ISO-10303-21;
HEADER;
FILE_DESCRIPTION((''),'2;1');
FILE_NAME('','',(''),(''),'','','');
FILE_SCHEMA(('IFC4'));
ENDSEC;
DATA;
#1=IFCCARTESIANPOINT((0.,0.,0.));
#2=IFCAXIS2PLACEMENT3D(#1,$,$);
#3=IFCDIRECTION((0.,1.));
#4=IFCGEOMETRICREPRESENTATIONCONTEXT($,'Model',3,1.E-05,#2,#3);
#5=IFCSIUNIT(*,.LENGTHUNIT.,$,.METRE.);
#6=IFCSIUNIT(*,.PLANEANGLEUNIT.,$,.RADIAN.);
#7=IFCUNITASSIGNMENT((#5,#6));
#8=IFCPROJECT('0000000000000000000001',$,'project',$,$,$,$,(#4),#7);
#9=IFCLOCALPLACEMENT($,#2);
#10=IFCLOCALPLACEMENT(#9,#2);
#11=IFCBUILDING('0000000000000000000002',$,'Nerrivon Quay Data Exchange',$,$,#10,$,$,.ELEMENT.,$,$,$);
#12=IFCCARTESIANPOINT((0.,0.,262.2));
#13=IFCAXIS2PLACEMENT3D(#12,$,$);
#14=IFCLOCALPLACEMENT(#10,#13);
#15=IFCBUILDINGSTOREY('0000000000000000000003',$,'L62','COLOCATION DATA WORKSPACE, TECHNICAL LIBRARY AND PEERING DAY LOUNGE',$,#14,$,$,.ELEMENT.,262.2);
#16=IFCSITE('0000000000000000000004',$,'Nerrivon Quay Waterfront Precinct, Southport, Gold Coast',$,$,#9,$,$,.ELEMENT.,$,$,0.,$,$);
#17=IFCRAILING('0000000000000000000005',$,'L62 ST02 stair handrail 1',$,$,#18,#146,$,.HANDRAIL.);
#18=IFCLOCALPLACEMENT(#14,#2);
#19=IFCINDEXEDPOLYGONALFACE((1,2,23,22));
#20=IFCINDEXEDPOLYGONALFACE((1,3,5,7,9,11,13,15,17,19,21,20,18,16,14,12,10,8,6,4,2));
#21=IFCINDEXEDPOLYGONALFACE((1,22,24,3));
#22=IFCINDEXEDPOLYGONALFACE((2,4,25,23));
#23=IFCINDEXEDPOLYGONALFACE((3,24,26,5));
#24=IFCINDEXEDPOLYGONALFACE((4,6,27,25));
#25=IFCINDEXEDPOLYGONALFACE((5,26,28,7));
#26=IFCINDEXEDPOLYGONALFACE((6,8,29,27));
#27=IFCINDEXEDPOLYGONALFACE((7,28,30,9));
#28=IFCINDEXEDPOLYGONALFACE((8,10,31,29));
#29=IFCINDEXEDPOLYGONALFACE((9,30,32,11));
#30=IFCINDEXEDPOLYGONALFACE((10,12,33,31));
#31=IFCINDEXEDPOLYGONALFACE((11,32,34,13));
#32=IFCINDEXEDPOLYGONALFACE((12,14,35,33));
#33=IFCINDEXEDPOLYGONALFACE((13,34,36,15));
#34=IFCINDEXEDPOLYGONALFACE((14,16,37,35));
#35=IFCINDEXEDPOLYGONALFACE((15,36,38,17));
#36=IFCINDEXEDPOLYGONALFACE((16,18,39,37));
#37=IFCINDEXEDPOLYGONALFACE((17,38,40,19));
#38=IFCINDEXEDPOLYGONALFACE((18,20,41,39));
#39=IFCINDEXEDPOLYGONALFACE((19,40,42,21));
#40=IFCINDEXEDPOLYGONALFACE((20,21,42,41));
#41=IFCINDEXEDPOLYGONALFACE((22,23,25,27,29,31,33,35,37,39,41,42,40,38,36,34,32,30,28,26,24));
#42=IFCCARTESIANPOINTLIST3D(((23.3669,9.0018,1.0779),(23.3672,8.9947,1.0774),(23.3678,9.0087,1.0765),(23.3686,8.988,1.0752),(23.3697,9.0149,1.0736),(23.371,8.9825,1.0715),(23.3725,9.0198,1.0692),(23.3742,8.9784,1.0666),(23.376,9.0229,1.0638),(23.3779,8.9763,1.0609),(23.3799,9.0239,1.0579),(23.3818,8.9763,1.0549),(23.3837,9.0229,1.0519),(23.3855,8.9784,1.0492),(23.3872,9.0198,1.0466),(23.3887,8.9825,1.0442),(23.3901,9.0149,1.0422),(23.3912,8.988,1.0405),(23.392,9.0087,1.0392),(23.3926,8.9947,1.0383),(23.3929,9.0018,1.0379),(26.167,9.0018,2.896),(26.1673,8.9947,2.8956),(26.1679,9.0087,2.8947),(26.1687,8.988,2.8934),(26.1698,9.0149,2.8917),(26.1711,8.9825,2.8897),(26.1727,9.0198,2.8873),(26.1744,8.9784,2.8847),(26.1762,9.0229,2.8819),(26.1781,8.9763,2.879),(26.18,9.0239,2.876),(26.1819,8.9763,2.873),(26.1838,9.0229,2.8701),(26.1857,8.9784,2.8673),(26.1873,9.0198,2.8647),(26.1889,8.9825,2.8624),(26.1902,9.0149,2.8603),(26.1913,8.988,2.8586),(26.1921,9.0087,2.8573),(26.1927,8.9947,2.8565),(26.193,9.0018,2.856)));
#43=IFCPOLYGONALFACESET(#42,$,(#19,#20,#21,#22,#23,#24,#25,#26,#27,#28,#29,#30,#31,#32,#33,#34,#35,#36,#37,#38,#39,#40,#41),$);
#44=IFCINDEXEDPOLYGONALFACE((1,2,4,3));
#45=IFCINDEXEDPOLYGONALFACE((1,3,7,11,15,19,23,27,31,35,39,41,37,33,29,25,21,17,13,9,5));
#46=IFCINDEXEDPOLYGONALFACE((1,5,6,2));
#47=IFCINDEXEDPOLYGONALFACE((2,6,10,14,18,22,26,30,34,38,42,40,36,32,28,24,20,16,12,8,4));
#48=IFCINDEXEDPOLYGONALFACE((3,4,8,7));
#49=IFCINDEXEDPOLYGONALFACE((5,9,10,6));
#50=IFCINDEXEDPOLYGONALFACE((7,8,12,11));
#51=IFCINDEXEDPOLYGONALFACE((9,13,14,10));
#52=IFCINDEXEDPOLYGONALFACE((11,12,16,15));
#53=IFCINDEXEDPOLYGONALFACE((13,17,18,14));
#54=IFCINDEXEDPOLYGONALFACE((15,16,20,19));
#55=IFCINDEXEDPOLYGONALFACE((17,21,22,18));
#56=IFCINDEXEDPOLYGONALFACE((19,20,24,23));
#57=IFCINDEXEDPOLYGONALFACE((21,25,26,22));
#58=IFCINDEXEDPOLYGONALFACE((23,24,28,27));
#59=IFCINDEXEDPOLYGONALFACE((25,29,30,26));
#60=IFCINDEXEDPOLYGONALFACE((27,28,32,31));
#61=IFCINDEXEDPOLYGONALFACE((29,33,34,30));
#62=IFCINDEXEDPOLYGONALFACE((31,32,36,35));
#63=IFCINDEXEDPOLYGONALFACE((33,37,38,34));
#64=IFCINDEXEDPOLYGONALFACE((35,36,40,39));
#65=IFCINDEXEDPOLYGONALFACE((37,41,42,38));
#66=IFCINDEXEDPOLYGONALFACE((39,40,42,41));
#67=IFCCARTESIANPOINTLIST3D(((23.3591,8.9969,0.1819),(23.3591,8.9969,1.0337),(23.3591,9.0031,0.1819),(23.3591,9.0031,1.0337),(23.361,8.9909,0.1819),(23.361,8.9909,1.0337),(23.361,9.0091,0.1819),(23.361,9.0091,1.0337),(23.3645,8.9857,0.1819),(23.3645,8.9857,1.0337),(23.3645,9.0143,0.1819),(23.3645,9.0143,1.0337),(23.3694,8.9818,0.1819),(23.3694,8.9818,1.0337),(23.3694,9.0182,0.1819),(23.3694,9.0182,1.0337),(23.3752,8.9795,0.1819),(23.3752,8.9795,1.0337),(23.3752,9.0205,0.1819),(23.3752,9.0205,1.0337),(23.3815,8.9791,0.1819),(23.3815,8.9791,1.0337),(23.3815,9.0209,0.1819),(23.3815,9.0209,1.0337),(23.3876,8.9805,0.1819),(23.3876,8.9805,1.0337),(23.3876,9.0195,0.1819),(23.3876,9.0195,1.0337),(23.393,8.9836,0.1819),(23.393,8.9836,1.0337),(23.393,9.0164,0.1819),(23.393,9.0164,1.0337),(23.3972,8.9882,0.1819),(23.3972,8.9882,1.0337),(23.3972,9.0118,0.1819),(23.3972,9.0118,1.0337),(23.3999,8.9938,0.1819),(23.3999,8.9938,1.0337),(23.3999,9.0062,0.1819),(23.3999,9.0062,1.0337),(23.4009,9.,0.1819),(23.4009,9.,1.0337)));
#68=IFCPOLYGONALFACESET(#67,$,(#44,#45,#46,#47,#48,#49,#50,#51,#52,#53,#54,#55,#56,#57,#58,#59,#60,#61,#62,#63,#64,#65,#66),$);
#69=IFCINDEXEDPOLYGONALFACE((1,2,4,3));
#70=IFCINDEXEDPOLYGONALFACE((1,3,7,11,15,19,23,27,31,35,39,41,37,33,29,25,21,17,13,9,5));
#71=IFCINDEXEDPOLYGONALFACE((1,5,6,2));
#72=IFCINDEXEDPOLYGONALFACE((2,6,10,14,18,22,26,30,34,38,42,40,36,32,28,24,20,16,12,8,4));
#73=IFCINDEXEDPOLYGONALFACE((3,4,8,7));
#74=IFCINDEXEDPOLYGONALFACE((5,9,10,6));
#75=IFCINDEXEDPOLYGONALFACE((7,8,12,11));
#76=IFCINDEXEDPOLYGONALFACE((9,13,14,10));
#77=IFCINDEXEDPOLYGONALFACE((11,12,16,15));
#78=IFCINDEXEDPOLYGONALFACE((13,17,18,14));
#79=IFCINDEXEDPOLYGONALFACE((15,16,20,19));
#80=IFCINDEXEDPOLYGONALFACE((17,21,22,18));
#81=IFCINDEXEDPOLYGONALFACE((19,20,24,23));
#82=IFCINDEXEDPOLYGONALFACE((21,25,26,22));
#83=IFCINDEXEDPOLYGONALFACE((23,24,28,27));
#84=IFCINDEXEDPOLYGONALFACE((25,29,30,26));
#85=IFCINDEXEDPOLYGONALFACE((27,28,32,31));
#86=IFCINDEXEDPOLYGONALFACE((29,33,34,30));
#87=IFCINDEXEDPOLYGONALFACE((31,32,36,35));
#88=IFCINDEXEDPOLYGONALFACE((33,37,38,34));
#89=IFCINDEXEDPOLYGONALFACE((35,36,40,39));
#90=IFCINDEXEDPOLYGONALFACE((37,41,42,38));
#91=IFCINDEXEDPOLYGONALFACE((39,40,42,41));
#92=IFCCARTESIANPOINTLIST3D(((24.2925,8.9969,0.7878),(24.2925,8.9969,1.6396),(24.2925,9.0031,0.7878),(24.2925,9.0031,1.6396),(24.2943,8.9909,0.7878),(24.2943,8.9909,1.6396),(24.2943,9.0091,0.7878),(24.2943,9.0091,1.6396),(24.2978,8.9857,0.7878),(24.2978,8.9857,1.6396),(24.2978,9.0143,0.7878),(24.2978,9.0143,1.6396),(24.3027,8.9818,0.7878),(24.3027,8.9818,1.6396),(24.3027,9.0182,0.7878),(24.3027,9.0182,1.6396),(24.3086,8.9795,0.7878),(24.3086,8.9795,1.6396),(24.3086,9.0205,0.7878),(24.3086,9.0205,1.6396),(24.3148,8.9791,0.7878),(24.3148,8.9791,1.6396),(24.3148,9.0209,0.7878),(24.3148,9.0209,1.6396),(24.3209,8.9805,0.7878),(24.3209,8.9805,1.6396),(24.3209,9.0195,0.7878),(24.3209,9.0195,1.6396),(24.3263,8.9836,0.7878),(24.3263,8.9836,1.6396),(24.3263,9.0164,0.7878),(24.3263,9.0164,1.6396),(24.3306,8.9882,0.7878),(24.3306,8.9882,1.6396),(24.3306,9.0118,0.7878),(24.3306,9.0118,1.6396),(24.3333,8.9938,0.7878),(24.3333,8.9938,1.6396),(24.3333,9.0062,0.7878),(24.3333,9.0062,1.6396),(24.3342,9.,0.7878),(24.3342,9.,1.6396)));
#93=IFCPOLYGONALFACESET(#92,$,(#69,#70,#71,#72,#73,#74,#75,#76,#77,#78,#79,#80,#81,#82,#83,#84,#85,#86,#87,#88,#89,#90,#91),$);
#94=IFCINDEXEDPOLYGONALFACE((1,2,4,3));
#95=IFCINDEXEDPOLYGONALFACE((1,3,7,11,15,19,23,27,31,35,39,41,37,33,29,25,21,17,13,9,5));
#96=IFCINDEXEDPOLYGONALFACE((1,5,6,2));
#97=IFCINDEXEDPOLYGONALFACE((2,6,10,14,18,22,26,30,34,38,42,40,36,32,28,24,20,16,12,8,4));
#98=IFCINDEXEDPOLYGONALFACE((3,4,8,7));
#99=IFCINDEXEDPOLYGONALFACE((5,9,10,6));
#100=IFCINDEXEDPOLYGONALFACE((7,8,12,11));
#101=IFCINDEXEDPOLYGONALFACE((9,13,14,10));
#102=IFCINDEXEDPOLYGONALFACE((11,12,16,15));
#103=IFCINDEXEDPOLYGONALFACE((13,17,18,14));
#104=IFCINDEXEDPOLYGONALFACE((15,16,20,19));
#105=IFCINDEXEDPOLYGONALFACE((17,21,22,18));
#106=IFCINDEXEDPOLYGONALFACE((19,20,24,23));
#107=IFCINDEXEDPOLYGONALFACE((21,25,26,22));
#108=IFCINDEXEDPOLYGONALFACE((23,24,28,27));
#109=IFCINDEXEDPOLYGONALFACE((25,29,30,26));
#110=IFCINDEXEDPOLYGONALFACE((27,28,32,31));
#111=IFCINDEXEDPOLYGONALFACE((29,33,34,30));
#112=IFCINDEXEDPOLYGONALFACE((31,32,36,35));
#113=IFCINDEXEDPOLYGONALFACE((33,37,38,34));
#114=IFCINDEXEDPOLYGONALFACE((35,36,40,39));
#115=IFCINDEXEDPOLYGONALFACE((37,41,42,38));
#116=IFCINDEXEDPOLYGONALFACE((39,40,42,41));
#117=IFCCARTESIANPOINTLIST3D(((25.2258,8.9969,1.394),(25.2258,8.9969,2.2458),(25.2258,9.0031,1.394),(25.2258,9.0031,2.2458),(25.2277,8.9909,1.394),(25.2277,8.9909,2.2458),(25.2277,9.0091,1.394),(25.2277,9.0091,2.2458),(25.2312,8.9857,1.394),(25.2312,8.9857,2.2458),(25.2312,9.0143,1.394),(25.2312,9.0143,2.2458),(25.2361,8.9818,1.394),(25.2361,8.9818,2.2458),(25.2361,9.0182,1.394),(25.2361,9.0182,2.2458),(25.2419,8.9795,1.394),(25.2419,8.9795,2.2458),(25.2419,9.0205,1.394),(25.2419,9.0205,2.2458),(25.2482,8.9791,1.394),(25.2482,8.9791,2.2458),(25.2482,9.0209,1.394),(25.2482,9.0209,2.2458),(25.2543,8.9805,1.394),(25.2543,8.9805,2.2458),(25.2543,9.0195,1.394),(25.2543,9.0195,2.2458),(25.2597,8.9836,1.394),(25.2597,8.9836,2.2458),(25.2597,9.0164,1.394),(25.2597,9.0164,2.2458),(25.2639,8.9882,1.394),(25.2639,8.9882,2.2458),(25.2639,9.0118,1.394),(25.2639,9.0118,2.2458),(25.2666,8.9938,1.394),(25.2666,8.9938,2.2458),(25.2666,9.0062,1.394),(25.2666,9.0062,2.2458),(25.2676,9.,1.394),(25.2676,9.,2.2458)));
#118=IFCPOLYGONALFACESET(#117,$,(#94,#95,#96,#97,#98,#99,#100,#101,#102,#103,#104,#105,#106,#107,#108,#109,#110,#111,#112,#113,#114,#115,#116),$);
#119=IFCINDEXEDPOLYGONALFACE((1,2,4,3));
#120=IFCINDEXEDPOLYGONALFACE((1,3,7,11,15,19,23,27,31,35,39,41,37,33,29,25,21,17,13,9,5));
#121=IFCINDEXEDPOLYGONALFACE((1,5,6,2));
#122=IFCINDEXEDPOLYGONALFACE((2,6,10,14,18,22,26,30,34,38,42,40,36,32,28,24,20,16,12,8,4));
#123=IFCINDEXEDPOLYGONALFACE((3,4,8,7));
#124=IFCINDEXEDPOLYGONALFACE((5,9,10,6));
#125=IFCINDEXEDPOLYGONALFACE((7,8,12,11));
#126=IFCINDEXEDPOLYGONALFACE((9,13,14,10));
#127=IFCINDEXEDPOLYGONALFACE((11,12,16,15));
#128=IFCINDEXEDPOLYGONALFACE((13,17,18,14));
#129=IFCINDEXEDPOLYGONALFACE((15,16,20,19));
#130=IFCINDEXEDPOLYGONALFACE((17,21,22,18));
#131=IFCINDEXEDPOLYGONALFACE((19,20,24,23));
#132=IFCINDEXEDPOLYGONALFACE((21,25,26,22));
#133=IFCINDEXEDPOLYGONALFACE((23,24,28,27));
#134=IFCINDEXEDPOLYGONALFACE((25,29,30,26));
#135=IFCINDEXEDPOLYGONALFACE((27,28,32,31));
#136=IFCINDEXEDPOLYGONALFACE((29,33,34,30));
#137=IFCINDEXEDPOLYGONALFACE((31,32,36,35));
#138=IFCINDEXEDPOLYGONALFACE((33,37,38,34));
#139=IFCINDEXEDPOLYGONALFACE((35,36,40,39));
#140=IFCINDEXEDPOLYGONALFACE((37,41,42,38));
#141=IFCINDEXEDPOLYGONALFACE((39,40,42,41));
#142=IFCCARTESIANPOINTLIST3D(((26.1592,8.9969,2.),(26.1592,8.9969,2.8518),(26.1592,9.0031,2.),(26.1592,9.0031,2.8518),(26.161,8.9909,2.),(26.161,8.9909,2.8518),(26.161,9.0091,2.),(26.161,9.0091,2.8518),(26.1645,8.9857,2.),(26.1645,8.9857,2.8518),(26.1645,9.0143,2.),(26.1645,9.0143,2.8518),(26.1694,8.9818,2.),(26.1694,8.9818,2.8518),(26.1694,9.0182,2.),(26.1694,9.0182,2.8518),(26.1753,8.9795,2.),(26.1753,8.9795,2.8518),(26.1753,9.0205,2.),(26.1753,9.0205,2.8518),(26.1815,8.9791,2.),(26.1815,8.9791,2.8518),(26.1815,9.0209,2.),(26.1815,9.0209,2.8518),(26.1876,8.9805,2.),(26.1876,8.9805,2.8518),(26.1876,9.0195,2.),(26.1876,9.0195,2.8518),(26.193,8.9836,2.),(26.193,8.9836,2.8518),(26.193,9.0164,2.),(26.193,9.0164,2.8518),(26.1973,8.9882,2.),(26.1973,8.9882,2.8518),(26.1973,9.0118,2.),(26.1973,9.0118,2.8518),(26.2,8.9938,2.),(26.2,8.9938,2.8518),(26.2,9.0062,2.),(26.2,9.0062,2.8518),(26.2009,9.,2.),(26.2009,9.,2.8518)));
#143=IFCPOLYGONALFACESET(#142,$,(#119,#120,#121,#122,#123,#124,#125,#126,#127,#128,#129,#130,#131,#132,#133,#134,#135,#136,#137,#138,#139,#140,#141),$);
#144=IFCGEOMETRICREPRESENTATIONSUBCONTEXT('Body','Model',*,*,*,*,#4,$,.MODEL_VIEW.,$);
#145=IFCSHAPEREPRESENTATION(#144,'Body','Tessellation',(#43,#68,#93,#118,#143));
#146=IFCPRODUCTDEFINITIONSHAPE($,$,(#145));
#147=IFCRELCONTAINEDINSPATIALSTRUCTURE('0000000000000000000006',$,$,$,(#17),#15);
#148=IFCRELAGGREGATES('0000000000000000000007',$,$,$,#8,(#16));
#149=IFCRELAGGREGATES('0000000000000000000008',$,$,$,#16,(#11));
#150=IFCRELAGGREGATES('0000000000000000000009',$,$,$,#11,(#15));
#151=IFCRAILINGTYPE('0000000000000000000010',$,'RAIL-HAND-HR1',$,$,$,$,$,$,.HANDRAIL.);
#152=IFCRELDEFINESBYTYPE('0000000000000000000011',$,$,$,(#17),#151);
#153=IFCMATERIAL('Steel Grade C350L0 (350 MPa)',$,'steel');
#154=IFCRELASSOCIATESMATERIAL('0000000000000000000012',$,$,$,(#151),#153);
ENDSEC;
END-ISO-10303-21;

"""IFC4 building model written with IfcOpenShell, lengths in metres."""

from ifc_helpers import new_model, si_unit, direction, frame, origin, origin_2d, place, context, subcontext, project, spatial, circle, extrude, material, type_object, element, save


model = new_model("IFC4")

# Units and contexts
model_context = context("Model", 3, precision=1e-05, world=origin(), true_north=direction((0.0, 1.0)))
body_context = subcontext(model_context, "Body", "Model", "MODEL_VIEW")
ifc_project = project(units=[si_unit("LENGTHUNIT", "METRE"), si_unit("PLANEANGLEUNIT", "RADIAN")], contexts=[model_context])

# Site, building, storey
site_placement = place(None, origin())
site = spatial("IfcSite", under=ifc_project, at=site_placement, Name="Nerrivon Quay Waterfront Precinct, Southport, Gold Coast", CompositionType="ELEMENT", RefElevation=0.0)
building_placement = place(site_placement, origin())
building = spatial("IfcBuilding", under=site, at=building_placement, Name="Nerrivon Quay Data Exchange", CompositionType="ELEMENT")
storey_placement = place(building_placement, frame((0.0, 0.0, 262.2)))
storey = spatial("IfcBuildingStorey", under=building, at=storey_placement, Name="L62", Description="COLOCATION DATA WORKSPACE, TECHNICAL LIBRARY AND PEERING DAY LOUNGE", CompositionType="ELEMENT", Elevation=262.2)

# Railing
ifc_material_1 = material(Name="Steel Grade C350L0 (350 MPa)", Category="steel")
railing_type_1 = type_object("IfcRailingType", Name="RAIL-HAND-HR1", PredefinedType="HANDRAIL", material=ifc_material_1)
railing_1_placement = place(storey_placement, frame((23.3799, 9.0, 0.1819)))
element("IfcRailing", 1, at=railing_1_placement, inside=storey, type_object=railing_type_1, Name="L62 ST02 stair handrail 1", PredefinedType="HANDRAIL", context=body_context, shape_type="SweptSolid", body=[
    extrude(circle(Radius=0.0239, at=origin_2d()), frame((0.0, 0.0, 0.876), z_axis=(0.838706, 0.0, 0.544585), x_axis=(0.0, 1.0, 0.0)), (0.0, 0.0, 1.0), 3.3386),
    extrude(circle(Radius=0.021, at=origin_2d()), origin(), (0.0, 0.0, 1.0), 0.8518),
    extrude(circle(Radius=0.021, at=origin_2d()), frame((0.9333, 0.0, 0.606)), (0.0, 0.0, 1.0), 0.8518),
    extrude(circle(Radius=0.021, at=origin_2d()), frame((1.8667, 0.0, 1.2122)), (0.0, 0.0, 1.0), 0.8518),
    extrude(circle(Radius=0.021, at=origin_2d()), frame((2.8, 0.0, 1.8181)), (0.0, 0.0, 1.0), 0.8518),
])

save(model, "model.ifc")
